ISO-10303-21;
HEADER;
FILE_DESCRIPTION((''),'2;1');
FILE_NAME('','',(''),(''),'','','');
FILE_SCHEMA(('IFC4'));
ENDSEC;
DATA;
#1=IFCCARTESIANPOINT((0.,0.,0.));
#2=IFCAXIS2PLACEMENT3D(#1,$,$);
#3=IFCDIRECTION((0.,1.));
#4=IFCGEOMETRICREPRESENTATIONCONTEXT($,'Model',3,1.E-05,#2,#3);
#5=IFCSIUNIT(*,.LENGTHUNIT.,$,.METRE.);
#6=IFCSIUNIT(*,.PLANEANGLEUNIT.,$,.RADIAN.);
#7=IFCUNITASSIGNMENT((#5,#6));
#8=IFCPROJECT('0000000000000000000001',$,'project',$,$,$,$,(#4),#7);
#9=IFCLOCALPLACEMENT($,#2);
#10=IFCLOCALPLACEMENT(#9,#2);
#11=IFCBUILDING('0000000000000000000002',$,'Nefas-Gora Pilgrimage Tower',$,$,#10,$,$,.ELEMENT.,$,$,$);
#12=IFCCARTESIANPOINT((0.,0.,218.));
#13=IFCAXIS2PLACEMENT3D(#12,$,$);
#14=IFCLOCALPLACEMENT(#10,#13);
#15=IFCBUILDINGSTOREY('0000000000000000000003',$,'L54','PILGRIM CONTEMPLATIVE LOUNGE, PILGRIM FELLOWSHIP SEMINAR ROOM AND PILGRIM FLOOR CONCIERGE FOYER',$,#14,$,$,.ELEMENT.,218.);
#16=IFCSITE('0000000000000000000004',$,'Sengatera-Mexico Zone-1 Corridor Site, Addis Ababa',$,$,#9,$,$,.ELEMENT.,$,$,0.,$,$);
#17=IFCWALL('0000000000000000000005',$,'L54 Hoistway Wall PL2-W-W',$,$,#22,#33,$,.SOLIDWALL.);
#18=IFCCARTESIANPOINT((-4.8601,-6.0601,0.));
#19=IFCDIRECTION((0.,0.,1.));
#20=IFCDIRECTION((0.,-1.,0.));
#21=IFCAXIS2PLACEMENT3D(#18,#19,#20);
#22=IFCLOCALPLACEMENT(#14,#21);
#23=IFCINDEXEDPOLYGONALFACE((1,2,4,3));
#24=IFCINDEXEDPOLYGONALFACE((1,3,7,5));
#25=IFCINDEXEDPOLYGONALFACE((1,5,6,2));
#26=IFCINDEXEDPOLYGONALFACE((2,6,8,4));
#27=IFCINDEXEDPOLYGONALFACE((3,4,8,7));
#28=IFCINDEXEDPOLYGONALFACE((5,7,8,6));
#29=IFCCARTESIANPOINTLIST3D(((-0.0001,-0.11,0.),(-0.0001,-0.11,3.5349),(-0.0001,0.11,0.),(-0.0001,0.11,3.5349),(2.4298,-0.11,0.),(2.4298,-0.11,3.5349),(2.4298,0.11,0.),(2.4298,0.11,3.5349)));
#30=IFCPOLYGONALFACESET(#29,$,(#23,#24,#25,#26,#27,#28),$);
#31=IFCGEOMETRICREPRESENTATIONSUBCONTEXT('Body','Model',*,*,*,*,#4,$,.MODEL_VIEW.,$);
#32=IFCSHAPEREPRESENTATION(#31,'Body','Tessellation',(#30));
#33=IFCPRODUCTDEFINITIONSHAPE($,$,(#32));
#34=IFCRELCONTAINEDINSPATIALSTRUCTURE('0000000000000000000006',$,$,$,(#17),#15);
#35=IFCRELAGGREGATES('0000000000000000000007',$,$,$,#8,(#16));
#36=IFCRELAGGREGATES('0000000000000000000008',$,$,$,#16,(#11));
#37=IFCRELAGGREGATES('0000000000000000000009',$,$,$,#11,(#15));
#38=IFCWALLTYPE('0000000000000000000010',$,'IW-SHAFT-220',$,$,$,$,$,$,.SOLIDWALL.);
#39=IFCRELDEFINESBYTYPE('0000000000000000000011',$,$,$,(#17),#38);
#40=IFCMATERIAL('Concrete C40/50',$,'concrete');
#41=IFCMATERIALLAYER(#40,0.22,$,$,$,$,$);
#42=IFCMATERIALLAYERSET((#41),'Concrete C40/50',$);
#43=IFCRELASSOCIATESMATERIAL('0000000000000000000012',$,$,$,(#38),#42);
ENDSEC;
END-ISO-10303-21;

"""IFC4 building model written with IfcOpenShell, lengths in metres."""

from ifc_helpers import new_model, si_unit, direction, frame, frame_2d, origin, place, context, subcontext, project, spatial, rectangle, extrude, source, transform, mapped, material, layer, layer_set, type_object, element, save


model = new_model("IFC4")

# Units and contexts
model_context = context("Model", 3, precision=1e-05, world=origin(), true_north=direction((0.0, 1.0)))
body_context = subcontext(model_context, "Body", "Model", "MODEL_VIEW")
ifc_project = project(units=[si_unit("LENGTHUNIT", "METRE"), si_unit("PLANEANGLEUNIT", "RADIAN")], contexts=[model_context])

# Site, building, storey
site_placement = place(None, origin())
site = spatial("IfcSite", under=ifc_project, at=site_placement, Name="Sengatera-Mexico Zone-1 Corridor Site, Addis Ababa", CompositionType="ELEMENT", RefElevation=0.0)
building_placement = place(site_placement, origin())
building = spatial("IfcBuilding", under=site, at=building_placement, Name="Nefas-Gora Pilgrimage Tower", CompositionType="ELEMENT")
storey_placement = place(building_placement, frame((0.0, 0.0, 218.0)))
storey = spatial("IfcBuildingStorey", under=building, at=storey_placement, Name="L54", Description="PILGRIM CONTEMPLATIVE LOUNGE, PILGRIM FELLOWSHIP SEMINAR ROOM AND PILGRIM FLOOR CONCIERGE FOYER", CompositionType="ELEMENT", Elevation=218.0)

# Shared definitions
ifc_material_1 = material(Name="Concrete C40/50", Category="concrete")
ifc_layer_1 = layer(ifc_material_1, 0.22)
ifc_layer_set_1 = layer_set([ifc_layer_1], Name="Concrete C40/50")
wall_type_1 = type_object("IfcWallType", Name="IW-SHAFT-220", PredefinedType="SOLIDWALL", material=ifc_layer_set_1)

# Wall
shared_shape_1 = source(origin(), body_context, "Body", "SweptSolid", [
    extrude(rectangle(XDim=2.4299, YDim=0.22, at=frame_2d((1.2148, 0.0))), origin(), (0.0, 0.0, 1.0), 3.5349),
])
for number, where, z_axis, x_axis, name in (
    (1, (-4.8601, -6.0601, 0.0), (0.0, 0.0, 1.0), (0.0, -1.0, 0.0), "L54 Hoistway Wall PL2-W-W"),
):
    element("IfcWall", number, at=place(storey_placement, frame(where, z_axis=z_axis, x_axis=x_axis)), inside=storey, type_object=wall_type_1, Name=name, PredefinedType="SOLIDWALL", context=body_context, shape_type="MappedRepresentation", body=[
        mapped(shared_shape_1, transform((0.0, 0.0, 0.0), x_axis=(1.0, 0.0, 0.0), y_axis=(0.0, 1.0, 0.0), z_axis=(0.0, 0.0, 1.0), scale=1.0)),
    ])

save(model, "model.ifc")
